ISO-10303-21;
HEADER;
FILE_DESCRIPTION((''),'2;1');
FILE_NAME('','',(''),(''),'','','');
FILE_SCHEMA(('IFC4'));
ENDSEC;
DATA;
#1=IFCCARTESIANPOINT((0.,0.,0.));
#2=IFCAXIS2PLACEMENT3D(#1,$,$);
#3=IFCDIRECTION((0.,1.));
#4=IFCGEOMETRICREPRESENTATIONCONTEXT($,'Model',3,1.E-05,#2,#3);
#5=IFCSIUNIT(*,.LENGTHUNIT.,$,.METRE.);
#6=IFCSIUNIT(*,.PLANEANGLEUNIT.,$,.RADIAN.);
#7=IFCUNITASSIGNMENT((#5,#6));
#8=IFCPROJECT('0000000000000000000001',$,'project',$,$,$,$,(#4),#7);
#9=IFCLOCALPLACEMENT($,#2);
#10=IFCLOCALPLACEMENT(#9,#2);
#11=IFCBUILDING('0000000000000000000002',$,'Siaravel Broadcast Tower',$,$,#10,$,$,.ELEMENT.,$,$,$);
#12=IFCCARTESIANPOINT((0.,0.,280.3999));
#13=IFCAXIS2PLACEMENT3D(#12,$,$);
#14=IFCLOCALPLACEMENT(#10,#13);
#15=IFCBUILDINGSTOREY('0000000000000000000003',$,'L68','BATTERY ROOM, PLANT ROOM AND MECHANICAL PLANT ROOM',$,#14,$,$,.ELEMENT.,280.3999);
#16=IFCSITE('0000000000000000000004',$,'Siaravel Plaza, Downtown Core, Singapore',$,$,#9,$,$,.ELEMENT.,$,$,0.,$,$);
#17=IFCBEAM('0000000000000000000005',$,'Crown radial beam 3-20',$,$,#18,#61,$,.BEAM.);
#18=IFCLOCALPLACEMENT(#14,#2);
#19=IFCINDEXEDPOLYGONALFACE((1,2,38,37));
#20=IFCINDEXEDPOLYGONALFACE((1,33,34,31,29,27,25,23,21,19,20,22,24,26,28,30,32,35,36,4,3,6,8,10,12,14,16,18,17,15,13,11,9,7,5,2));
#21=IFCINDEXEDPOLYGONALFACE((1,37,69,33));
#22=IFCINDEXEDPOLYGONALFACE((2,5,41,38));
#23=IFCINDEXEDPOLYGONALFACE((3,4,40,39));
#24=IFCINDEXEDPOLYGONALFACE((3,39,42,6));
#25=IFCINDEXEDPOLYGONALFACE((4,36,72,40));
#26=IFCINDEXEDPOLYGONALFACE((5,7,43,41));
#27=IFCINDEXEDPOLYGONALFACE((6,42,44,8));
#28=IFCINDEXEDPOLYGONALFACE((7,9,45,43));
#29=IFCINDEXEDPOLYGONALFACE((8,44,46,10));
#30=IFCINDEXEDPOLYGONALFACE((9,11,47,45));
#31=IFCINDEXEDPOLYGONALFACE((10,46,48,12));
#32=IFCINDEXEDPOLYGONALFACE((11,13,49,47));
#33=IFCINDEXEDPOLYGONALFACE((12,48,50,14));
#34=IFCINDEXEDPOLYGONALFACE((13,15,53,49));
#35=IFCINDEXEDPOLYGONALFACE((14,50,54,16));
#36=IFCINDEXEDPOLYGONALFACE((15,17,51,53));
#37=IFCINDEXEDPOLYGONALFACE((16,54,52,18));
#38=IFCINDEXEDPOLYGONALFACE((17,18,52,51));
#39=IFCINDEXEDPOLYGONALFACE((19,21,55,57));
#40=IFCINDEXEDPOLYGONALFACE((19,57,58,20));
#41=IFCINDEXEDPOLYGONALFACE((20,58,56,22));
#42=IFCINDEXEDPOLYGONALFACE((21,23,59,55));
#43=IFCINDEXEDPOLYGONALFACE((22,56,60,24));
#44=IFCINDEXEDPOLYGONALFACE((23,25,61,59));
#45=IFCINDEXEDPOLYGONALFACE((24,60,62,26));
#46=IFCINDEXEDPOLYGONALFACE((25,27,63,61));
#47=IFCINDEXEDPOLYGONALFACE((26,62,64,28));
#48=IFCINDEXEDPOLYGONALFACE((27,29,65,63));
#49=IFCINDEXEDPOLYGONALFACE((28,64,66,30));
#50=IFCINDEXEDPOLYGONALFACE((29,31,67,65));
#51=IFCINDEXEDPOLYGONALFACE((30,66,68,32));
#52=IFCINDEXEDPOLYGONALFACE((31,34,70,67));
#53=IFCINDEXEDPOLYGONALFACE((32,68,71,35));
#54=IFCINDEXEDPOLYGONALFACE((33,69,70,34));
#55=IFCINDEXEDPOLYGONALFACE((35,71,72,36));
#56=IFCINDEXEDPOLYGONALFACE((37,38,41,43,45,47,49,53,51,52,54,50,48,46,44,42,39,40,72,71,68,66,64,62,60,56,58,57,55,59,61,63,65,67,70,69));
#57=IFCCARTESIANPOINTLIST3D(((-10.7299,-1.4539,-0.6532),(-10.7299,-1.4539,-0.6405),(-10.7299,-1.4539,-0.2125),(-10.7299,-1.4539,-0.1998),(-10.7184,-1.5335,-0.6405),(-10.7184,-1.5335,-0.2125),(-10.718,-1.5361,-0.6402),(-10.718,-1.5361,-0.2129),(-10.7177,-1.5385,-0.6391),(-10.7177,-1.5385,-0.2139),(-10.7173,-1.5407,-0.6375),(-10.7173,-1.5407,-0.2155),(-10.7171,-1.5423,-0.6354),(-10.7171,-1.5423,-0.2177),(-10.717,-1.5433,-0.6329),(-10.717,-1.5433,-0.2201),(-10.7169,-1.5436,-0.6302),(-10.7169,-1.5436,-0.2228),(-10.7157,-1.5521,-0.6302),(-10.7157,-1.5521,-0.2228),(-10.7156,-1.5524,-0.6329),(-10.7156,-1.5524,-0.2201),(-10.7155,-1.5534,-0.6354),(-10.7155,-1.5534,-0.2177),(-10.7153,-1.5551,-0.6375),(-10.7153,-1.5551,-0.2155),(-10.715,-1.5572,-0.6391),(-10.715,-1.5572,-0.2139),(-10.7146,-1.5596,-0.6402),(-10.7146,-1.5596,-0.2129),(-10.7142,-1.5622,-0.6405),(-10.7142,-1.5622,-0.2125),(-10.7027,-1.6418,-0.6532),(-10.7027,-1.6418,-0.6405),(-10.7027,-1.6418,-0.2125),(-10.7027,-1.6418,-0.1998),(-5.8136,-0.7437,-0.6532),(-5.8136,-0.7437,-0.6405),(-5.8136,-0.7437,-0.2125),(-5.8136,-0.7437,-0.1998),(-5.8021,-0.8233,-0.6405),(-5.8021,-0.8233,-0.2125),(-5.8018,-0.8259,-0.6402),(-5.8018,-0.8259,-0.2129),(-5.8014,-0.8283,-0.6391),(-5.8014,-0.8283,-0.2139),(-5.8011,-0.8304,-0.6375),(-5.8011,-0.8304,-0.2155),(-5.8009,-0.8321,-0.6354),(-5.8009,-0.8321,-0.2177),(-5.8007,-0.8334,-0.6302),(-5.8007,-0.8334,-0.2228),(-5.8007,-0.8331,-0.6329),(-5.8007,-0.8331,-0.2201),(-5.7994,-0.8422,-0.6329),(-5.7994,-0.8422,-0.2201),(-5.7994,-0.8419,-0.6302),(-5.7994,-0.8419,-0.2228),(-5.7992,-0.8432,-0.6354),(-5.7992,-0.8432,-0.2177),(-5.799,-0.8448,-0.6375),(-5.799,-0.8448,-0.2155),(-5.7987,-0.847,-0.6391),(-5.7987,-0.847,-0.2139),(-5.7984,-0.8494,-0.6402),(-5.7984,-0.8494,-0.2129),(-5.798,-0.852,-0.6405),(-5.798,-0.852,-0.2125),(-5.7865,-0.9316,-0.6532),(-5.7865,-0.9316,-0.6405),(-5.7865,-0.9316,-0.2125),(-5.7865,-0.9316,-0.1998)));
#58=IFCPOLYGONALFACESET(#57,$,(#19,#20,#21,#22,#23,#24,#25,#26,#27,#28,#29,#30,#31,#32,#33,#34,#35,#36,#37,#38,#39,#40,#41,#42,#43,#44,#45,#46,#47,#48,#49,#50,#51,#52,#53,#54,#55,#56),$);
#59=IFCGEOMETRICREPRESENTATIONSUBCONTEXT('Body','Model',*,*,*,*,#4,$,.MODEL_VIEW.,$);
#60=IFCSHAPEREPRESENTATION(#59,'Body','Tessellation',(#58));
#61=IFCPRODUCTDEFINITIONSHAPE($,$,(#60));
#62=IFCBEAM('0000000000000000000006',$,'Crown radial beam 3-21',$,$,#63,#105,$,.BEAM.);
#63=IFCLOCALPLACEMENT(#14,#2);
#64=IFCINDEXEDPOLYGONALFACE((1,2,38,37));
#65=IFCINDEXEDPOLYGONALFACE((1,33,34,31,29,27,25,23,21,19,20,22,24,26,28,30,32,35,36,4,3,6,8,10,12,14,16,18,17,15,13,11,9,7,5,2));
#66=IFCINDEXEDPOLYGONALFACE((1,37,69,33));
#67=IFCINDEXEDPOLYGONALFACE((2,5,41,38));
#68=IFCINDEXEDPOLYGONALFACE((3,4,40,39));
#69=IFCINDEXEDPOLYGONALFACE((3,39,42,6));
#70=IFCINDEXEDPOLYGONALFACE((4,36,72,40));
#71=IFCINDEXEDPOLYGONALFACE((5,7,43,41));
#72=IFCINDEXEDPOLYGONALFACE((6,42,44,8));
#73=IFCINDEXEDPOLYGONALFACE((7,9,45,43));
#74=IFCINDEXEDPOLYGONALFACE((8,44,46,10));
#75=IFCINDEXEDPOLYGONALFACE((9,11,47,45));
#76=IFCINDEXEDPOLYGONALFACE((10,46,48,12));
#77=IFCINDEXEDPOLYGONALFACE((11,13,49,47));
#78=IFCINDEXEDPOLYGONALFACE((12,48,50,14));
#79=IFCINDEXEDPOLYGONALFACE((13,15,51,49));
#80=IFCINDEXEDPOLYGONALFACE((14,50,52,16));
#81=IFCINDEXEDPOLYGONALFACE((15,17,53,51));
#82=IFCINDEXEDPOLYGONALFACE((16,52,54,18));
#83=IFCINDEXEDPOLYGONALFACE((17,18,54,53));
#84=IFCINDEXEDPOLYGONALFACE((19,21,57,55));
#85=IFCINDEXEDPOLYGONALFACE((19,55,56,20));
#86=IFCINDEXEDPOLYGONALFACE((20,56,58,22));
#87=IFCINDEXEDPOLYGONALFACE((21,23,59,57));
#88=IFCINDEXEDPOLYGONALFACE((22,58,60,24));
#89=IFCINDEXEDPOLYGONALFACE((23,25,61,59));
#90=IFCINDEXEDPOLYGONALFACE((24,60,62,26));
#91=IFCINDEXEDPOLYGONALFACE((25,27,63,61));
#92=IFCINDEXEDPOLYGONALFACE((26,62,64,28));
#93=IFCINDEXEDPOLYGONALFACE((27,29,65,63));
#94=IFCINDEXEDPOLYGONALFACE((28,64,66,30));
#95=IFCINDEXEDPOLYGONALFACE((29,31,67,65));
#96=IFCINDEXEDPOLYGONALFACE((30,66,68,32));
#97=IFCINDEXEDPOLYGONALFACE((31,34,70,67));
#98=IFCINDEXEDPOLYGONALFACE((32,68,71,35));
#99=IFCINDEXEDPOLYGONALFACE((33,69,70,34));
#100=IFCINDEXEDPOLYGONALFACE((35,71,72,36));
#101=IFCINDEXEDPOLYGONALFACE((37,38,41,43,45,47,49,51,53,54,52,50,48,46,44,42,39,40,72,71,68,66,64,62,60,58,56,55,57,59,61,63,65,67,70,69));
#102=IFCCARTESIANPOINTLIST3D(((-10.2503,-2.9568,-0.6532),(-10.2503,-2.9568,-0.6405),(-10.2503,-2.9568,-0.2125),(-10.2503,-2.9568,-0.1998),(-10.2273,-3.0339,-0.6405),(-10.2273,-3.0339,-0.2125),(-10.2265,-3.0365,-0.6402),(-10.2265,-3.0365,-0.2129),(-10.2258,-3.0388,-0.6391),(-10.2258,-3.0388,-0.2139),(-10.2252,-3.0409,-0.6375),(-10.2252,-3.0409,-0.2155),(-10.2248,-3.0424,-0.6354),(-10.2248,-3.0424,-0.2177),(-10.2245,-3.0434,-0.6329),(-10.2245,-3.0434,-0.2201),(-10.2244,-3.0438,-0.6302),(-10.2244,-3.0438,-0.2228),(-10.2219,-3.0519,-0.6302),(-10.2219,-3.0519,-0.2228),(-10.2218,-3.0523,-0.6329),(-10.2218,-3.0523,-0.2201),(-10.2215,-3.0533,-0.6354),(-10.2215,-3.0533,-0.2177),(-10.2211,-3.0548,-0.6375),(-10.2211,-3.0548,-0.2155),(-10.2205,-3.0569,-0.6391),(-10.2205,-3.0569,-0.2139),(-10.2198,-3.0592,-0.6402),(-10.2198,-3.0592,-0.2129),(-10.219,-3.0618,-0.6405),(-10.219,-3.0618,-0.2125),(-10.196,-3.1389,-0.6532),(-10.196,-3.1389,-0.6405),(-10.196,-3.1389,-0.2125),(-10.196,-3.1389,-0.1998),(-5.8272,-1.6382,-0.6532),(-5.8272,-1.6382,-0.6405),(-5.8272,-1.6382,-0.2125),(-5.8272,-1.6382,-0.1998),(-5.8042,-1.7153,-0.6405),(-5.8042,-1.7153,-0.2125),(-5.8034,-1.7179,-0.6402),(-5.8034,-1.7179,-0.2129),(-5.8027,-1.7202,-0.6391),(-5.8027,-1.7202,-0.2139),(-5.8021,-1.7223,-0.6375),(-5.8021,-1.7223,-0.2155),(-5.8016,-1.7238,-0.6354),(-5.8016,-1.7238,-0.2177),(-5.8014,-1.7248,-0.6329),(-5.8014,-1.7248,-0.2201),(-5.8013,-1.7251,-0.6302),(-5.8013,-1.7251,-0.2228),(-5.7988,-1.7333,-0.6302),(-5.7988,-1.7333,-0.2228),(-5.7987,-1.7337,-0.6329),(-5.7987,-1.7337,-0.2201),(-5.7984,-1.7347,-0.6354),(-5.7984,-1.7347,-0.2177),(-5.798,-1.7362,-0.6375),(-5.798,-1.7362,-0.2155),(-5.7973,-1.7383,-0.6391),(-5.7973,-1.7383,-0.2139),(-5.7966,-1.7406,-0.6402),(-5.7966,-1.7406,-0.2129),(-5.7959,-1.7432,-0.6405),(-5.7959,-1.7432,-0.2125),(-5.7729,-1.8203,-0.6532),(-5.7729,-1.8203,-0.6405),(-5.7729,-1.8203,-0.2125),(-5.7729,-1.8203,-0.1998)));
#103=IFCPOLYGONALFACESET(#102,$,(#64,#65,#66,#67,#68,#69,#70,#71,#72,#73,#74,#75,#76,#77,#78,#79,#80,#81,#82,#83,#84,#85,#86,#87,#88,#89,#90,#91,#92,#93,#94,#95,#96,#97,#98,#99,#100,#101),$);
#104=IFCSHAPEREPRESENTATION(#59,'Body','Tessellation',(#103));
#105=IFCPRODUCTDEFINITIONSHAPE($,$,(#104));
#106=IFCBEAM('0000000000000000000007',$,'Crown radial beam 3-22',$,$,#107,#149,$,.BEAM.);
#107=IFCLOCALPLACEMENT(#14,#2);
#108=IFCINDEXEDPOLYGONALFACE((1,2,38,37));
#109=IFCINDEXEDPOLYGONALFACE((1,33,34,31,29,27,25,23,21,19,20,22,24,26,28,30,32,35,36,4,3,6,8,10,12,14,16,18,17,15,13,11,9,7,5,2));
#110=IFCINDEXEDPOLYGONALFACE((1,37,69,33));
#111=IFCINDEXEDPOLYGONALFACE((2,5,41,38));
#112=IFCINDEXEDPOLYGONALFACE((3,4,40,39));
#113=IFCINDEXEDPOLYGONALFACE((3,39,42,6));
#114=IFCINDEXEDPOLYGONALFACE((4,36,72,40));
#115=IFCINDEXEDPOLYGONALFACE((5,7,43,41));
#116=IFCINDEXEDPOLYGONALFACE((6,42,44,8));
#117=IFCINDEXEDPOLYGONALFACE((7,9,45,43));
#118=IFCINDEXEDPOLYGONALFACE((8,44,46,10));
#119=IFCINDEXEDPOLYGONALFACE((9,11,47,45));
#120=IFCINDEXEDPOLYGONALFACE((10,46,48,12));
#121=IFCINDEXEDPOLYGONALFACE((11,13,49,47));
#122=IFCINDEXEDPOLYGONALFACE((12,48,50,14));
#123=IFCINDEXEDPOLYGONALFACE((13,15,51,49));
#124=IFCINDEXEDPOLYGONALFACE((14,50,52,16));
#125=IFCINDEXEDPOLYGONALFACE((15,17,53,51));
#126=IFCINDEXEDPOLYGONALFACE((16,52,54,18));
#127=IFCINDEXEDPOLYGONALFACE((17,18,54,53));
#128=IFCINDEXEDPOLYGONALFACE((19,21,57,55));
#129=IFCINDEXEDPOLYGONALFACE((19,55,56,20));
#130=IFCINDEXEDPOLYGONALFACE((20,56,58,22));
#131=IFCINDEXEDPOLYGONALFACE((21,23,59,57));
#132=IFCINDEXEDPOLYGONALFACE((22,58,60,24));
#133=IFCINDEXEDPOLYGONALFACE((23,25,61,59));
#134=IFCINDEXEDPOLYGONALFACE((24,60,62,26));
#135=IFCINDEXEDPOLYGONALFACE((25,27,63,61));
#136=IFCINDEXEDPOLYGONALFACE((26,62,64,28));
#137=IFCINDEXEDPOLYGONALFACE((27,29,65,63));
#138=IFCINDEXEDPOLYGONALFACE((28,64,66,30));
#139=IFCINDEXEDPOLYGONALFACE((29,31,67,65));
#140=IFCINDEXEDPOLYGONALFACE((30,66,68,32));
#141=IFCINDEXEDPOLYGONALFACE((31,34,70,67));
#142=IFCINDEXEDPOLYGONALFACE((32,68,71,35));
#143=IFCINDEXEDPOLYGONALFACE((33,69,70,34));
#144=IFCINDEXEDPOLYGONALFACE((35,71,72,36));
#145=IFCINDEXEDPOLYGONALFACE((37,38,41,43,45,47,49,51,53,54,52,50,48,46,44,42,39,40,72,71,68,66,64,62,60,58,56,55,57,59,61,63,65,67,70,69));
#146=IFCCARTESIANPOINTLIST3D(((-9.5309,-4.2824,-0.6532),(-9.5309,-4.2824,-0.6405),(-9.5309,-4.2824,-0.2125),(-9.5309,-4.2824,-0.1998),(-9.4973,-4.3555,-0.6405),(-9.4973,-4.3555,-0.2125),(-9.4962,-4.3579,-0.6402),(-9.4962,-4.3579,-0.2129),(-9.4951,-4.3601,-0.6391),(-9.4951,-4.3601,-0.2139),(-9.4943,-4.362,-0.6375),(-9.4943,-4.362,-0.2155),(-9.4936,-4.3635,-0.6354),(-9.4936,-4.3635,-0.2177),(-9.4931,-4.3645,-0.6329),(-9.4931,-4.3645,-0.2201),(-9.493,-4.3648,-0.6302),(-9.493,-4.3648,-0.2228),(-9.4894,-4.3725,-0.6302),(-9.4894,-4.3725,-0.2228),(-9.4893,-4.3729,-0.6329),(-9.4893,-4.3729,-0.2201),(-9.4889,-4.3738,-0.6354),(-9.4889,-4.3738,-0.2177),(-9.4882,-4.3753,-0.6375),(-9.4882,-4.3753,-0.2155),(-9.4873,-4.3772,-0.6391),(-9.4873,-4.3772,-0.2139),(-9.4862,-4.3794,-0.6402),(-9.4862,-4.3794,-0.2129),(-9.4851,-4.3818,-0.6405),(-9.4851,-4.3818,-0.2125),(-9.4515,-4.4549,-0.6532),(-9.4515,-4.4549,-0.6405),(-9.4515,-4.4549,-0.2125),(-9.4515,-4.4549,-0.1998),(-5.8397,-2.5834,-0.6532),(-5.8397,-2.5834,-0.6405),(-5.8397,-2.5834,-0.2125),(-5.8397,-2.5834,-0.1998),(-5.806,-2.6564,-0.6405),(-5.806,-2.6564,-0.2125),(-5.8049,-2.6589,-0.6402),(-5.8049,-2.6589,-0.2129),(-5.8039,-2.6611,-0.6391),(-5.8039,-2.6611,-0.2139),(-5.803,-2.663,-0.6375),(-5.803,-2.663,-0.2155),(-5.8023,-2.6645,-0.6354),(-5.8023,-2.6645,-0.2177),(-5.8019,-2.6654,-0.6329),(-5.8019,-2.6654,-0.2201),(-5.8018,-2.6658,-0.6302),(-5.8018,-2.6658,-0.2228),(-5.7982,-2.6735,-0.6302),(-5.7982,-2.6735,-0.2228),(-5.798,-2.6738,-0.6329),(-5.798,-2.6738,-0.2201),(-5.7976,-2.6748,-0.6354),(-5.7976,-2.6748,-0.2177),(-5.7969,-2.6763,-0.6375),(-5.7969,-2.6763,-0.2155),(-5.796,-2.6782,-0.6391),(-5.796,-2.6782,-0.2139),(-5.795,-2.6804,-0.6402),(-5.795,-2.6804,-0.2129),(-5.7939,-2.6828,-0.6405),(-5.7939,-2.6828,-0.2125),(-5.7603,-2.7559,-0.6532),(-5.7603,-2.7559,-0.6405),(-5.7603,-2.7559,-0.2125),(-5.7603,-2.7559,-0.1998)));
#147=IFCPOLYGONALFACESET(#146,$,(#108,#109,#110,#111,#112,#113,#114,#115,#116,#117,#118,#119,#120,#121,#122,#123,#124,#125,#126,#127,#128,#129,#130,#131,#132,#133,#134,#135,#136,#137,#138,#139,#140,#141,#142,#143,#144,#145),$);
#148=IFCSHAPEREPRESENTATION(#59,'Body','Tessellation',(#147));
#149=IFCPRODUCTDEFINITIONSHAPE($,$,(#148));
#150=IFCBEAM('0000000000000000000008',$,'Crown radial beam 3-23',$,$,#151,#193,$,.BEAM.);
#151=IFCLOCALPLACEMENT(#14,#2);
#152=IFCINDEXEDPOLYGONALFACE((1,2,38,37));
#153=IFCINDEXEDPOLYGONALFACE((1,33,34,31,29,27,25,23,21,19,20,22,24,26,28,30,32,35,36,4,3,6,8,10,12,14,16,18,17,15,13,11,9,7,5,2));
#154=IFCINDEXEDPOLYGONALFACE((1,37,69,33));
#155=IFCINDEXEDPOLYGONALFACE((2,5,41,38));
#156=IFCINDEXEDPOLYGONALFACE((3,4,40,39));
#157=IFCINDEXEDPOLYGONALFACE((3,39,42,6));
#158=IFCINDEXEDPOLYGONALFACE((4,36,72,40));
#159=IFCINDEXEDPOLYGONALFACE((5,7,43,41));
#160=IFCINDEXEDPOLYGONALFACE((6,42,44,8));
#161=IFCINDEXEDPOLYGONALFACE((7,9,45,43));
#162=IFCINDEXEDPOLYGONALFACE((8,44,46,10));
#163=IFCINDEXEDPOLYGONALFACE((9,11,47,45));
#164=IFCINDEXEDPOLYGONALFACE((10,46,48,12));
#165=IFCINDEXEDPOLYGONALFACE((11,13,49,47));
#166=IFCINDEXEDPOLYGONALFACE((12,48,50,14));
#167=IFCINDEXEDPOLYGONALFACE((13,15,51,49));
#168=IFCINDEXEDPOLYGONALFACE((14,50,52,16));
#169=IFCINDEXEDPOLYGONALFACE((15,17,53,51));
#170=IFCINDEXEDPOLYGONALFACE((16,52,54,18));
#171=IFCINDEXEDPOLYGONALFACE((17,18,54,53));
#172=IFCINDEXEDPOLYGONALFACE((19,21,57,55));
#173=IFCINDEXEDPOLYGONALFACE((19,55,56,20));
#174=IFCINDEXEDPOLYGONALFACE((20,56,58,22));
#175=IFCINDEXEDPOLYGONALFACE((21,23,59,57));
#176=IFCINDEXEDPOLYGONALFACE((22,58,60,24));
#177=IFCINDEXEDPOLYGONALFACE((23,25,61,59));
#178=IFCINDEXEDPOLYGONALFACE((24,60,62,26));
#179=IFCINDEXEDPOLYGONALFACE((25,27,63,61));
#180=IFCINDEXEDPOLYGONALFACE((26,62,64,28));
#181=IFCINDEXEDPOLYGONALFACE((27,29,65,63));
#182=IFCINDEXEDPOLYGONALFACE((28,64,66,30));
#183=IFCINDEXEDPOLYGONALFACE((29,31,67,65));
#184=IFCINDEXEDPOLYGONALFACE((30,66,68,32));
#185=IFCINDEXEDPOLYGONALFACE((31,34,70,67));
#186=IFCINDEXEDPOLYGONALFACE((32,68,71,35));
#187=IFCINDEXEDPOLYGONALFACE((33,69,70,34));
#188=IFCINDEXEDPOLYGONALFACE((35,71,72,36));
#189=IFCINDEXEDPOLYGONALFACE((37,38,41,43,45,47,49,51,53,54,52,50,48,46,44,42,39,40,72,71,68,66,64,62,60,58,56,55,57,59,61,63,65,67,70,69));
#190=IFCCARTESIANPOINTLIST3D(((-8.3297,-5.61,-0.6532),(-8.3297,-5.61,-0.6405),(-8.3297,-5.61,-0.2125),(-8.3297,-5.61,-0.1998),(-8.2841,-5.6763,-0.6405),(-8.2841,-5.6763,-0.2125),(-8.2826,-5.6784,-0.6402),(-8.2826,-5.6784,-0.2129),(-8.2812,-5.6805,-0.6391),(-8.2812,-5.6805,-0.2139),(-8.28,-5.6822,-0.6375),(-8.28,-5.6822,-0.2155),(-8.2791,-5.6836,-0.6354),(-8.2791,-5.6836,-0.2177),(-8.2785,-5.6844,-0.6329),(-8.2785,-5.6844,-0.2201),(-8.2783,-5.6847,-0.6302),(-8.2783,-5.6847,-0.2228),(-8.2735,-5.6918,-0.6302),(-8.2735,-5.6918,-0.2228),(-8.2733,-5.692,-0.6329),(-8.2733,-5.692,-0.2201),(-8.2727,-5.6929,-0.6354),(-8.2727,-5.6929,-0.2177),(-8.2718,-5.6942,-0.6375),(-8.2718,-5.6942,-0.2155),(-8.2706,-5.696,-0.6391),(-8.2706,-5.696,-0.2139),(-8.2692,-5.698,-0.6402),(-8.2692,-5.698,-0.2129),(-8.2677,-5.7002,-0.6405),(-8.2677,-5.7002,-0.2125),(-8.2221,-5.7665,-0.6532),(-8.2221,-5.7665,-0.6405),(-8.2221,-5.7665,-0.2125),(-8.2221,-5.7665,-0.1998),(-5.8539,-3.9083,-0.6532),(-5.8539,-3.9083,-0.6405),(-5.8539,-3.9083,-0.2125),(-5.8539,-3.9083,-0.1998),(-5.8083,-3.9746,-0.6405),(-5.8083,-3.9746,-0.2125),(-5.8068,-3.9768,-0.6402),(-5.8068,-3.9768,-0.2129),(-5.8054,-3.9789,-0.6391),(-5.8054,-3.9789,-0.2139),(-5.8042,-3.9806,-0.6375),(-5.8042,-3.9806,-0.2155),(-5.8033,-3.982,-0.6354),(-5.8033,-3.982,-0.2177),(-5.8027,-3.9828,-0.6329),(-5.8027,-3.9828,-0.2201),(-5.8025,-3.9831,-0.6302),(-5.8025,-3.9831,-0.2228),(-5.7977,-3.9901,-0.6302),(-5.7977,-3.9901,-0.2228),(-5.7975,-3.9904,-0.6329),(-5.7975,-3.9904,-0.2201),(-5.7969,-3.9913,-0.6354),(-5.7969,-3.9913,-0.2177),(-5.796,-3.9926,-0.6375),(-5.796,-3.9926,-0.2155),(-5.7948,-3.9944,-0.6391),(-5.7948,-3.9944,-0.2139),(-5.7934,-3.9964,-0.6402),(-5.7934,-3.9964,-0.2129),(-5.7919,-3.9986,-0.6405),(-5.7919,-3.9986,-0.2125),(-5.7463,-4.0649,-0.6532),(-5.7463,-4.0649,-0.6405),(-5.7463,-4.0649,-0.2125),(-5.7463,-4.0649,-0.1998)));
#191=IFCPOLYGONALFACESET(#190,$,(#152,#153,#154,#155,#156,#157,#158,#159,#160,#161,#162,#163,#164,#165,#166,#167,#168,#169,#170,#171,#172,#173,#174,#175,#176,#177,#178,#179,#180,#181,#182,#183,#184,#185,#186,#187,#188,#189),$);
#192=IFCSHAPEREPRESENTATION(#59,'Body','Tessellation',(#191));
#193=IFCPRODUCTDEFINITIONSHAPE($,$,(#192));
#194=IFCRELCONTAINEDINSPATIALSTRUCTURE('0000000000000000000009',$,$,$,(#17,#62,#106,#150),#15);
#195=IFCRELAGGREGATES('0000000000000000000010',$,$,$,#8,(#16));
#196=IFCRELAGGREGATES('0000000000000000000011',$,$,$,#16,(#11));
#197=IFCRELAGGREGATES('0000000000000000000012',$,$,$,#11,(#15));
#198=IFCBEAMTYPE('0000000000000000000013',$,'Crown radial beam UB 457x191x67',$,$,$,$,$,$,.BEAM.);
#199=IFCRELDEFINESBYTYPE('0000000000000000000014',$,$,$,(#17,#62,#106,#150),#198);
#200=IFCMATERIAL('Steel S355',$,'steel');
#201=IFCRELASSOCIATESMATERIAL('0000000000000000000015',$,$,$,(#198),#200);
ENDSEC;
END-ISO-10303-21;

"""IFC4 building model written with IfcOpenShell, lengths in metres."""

from ifc_helpers import new_model, si_unit, direction, frame, origin, origin_2d, place, context, subcontext, project, spatial, i_section, extrude, material, material_profile, profile_set, type_object, element, save


model = new_model("IFC4")

# Units and contexts
model_context = context("Model", 3, precision=1e-05, world=origin(), true_north=direction((0.0, 1.0)))
body_context = subcontext(model_context, "Body", "Model", "MODEL_VIEW")
ifc_project = project(units=[si_unit("LENGTHUNIT", "METRE"), si_unit("PLANEANGLEUNIT", "RADIAN")], contexts=[model_context])

# Site, building, storey
site_placement = place(None, origin())
site = spatial("IfcSite", under=ifc_project, at=site_placement, Name="Siaravel Plaza, Downtown Core, Singapore", CompositionType="ELEMENT", RefElevation=0.0)
building_placement = place(site_placement, origin())
building = spatial("IfcBuilding", under=site, at=building_placement, Name="Siaravel Broadcast Tower", CompositionType="ELEMENT")
storey_placement = place(building_placement, frame((0.0, 0.0, 280.3999)))
storey = spatial("IfcBuildingStorey", under=building, at=storey_placement, Name="L68", Description="BATTERY ROOM, PLANT ROOM AND MECHANICAL PLANT ROOM", CompositionType="ELEMENT", Elevation=280.3999)

# Beams
ifc_material_1 = material(Name="Steel S355", Category="steel")
ifc_material_profile_1 = material_profile(ifc_material_1, i_section(OverallWidth=0.1899, OverallDepth=0.4534, WebThickness=0.0085, FlangeThickness=0.0127, FilletRadius=0.0103, at=origin_2d()))
ifc_profile_set_1 = profile_set([ifc_material_profile_1], Name="Steel S355")
beam_type_1 = type_object("IfcBeamType", Name="Crown radial beam UB 457x191x67", PredefinedType="BEAM", material=ifc_profile_set_1)
beam_1_placement = place(storey_placement, frame((-10.7163, -1.5479, -0.4265), z_axis=(0.989726, 0.142976, 0.0), x_axis=(-0.142976, 0.989726, 0.0)))
element("IfcBeam", 1, at=beam_1_placement, inside=storey, type_object=beam_type_1, Name="Crown radial beam 3-20", PredefinedType="BEAM", context=body_context, shape_type="SweptSolid", body=[
    extrude(i_section(OverallWidth=0.1899, OverallDepth=0.4534, WebThickness=0.0085, FlangeThickness=0.0127, FilletRadius=0.0103, at=origin_2d()), origin(), (0.0, 0.0, 1.0), 4.9673),
])
beam_2_placement = place(storey_placement, frame((-10.2231, -3.0479, -0.4265), z_axis=(0.958321, 0.285693, 0.0), x_axis=(-0.285693, 0.958321, 0.0)))
element("IfcBeam", 2, at=beam_2_placement, inside=storey, type_object=beam_type_1, Name="Crown radial beam 3-21", PredefinedType="BEAM", context=body_context, shape_type="SweptSolid", body=[
    extrude(i_section(OverallWidth=0.1899, OverallDepth=0.4534, WebThickness=0.0085, FlangeThickness=0.0127, FilletRadius=0.0103, at=origin_2d()), origin(), (0.0, 0.0, 1.0), 4.6155),
])
beam_3_placement = place(storey_placement, frame((-9.4912, -4.3687, -0.4265), z_axis=(0.908393, 0.418117, 0.0), x_axis=(-0.418117, 0.908393, 0.0)))
element("IfcBeam", 3, at=beam_3_placement, inside=storey, type_object=beam_type_1, Name="Crown radial beam 3-22", PredefinedType="BEAM", context=body_context, shape_type="SweptSolid", body=[
    extrude(i_section(OverallWidth=0.1899, OverallDepth=0.4534, WebThickness=0.0085, FlangeThickness=0.0127, FilletRadius=0.0103, at=origin_2d()), origin(), (0.0, 0.0, 1.0), 4.0635),
])
beam_4_placement = place(storey_placement, frame((-8.2759, -5.6882, -0.4265), z_axis=(0.824115, 0.566422, 0.0), x_axis=(-0.566422, 0.824115, 0.0)))
element("IfcBeam", 4, at=beam_4_placement, inside=storey, type_object=beam_type_1, Name="Crown radial beam 3-23", PredefinedType="BEAM", context=body_context, shape_type="SweptSolid", body=[
    extrude(i_section(OverallWidth=0.1899, OverallDepth=0.4534, WebThickness=0.0085, FlangeThickness=0.0127, FilletRadius=0.0103, at=origin_2d()), origin(), (0.0, 0.0, 1.0), 3.0042),
])

save(model, "model.ifc")
